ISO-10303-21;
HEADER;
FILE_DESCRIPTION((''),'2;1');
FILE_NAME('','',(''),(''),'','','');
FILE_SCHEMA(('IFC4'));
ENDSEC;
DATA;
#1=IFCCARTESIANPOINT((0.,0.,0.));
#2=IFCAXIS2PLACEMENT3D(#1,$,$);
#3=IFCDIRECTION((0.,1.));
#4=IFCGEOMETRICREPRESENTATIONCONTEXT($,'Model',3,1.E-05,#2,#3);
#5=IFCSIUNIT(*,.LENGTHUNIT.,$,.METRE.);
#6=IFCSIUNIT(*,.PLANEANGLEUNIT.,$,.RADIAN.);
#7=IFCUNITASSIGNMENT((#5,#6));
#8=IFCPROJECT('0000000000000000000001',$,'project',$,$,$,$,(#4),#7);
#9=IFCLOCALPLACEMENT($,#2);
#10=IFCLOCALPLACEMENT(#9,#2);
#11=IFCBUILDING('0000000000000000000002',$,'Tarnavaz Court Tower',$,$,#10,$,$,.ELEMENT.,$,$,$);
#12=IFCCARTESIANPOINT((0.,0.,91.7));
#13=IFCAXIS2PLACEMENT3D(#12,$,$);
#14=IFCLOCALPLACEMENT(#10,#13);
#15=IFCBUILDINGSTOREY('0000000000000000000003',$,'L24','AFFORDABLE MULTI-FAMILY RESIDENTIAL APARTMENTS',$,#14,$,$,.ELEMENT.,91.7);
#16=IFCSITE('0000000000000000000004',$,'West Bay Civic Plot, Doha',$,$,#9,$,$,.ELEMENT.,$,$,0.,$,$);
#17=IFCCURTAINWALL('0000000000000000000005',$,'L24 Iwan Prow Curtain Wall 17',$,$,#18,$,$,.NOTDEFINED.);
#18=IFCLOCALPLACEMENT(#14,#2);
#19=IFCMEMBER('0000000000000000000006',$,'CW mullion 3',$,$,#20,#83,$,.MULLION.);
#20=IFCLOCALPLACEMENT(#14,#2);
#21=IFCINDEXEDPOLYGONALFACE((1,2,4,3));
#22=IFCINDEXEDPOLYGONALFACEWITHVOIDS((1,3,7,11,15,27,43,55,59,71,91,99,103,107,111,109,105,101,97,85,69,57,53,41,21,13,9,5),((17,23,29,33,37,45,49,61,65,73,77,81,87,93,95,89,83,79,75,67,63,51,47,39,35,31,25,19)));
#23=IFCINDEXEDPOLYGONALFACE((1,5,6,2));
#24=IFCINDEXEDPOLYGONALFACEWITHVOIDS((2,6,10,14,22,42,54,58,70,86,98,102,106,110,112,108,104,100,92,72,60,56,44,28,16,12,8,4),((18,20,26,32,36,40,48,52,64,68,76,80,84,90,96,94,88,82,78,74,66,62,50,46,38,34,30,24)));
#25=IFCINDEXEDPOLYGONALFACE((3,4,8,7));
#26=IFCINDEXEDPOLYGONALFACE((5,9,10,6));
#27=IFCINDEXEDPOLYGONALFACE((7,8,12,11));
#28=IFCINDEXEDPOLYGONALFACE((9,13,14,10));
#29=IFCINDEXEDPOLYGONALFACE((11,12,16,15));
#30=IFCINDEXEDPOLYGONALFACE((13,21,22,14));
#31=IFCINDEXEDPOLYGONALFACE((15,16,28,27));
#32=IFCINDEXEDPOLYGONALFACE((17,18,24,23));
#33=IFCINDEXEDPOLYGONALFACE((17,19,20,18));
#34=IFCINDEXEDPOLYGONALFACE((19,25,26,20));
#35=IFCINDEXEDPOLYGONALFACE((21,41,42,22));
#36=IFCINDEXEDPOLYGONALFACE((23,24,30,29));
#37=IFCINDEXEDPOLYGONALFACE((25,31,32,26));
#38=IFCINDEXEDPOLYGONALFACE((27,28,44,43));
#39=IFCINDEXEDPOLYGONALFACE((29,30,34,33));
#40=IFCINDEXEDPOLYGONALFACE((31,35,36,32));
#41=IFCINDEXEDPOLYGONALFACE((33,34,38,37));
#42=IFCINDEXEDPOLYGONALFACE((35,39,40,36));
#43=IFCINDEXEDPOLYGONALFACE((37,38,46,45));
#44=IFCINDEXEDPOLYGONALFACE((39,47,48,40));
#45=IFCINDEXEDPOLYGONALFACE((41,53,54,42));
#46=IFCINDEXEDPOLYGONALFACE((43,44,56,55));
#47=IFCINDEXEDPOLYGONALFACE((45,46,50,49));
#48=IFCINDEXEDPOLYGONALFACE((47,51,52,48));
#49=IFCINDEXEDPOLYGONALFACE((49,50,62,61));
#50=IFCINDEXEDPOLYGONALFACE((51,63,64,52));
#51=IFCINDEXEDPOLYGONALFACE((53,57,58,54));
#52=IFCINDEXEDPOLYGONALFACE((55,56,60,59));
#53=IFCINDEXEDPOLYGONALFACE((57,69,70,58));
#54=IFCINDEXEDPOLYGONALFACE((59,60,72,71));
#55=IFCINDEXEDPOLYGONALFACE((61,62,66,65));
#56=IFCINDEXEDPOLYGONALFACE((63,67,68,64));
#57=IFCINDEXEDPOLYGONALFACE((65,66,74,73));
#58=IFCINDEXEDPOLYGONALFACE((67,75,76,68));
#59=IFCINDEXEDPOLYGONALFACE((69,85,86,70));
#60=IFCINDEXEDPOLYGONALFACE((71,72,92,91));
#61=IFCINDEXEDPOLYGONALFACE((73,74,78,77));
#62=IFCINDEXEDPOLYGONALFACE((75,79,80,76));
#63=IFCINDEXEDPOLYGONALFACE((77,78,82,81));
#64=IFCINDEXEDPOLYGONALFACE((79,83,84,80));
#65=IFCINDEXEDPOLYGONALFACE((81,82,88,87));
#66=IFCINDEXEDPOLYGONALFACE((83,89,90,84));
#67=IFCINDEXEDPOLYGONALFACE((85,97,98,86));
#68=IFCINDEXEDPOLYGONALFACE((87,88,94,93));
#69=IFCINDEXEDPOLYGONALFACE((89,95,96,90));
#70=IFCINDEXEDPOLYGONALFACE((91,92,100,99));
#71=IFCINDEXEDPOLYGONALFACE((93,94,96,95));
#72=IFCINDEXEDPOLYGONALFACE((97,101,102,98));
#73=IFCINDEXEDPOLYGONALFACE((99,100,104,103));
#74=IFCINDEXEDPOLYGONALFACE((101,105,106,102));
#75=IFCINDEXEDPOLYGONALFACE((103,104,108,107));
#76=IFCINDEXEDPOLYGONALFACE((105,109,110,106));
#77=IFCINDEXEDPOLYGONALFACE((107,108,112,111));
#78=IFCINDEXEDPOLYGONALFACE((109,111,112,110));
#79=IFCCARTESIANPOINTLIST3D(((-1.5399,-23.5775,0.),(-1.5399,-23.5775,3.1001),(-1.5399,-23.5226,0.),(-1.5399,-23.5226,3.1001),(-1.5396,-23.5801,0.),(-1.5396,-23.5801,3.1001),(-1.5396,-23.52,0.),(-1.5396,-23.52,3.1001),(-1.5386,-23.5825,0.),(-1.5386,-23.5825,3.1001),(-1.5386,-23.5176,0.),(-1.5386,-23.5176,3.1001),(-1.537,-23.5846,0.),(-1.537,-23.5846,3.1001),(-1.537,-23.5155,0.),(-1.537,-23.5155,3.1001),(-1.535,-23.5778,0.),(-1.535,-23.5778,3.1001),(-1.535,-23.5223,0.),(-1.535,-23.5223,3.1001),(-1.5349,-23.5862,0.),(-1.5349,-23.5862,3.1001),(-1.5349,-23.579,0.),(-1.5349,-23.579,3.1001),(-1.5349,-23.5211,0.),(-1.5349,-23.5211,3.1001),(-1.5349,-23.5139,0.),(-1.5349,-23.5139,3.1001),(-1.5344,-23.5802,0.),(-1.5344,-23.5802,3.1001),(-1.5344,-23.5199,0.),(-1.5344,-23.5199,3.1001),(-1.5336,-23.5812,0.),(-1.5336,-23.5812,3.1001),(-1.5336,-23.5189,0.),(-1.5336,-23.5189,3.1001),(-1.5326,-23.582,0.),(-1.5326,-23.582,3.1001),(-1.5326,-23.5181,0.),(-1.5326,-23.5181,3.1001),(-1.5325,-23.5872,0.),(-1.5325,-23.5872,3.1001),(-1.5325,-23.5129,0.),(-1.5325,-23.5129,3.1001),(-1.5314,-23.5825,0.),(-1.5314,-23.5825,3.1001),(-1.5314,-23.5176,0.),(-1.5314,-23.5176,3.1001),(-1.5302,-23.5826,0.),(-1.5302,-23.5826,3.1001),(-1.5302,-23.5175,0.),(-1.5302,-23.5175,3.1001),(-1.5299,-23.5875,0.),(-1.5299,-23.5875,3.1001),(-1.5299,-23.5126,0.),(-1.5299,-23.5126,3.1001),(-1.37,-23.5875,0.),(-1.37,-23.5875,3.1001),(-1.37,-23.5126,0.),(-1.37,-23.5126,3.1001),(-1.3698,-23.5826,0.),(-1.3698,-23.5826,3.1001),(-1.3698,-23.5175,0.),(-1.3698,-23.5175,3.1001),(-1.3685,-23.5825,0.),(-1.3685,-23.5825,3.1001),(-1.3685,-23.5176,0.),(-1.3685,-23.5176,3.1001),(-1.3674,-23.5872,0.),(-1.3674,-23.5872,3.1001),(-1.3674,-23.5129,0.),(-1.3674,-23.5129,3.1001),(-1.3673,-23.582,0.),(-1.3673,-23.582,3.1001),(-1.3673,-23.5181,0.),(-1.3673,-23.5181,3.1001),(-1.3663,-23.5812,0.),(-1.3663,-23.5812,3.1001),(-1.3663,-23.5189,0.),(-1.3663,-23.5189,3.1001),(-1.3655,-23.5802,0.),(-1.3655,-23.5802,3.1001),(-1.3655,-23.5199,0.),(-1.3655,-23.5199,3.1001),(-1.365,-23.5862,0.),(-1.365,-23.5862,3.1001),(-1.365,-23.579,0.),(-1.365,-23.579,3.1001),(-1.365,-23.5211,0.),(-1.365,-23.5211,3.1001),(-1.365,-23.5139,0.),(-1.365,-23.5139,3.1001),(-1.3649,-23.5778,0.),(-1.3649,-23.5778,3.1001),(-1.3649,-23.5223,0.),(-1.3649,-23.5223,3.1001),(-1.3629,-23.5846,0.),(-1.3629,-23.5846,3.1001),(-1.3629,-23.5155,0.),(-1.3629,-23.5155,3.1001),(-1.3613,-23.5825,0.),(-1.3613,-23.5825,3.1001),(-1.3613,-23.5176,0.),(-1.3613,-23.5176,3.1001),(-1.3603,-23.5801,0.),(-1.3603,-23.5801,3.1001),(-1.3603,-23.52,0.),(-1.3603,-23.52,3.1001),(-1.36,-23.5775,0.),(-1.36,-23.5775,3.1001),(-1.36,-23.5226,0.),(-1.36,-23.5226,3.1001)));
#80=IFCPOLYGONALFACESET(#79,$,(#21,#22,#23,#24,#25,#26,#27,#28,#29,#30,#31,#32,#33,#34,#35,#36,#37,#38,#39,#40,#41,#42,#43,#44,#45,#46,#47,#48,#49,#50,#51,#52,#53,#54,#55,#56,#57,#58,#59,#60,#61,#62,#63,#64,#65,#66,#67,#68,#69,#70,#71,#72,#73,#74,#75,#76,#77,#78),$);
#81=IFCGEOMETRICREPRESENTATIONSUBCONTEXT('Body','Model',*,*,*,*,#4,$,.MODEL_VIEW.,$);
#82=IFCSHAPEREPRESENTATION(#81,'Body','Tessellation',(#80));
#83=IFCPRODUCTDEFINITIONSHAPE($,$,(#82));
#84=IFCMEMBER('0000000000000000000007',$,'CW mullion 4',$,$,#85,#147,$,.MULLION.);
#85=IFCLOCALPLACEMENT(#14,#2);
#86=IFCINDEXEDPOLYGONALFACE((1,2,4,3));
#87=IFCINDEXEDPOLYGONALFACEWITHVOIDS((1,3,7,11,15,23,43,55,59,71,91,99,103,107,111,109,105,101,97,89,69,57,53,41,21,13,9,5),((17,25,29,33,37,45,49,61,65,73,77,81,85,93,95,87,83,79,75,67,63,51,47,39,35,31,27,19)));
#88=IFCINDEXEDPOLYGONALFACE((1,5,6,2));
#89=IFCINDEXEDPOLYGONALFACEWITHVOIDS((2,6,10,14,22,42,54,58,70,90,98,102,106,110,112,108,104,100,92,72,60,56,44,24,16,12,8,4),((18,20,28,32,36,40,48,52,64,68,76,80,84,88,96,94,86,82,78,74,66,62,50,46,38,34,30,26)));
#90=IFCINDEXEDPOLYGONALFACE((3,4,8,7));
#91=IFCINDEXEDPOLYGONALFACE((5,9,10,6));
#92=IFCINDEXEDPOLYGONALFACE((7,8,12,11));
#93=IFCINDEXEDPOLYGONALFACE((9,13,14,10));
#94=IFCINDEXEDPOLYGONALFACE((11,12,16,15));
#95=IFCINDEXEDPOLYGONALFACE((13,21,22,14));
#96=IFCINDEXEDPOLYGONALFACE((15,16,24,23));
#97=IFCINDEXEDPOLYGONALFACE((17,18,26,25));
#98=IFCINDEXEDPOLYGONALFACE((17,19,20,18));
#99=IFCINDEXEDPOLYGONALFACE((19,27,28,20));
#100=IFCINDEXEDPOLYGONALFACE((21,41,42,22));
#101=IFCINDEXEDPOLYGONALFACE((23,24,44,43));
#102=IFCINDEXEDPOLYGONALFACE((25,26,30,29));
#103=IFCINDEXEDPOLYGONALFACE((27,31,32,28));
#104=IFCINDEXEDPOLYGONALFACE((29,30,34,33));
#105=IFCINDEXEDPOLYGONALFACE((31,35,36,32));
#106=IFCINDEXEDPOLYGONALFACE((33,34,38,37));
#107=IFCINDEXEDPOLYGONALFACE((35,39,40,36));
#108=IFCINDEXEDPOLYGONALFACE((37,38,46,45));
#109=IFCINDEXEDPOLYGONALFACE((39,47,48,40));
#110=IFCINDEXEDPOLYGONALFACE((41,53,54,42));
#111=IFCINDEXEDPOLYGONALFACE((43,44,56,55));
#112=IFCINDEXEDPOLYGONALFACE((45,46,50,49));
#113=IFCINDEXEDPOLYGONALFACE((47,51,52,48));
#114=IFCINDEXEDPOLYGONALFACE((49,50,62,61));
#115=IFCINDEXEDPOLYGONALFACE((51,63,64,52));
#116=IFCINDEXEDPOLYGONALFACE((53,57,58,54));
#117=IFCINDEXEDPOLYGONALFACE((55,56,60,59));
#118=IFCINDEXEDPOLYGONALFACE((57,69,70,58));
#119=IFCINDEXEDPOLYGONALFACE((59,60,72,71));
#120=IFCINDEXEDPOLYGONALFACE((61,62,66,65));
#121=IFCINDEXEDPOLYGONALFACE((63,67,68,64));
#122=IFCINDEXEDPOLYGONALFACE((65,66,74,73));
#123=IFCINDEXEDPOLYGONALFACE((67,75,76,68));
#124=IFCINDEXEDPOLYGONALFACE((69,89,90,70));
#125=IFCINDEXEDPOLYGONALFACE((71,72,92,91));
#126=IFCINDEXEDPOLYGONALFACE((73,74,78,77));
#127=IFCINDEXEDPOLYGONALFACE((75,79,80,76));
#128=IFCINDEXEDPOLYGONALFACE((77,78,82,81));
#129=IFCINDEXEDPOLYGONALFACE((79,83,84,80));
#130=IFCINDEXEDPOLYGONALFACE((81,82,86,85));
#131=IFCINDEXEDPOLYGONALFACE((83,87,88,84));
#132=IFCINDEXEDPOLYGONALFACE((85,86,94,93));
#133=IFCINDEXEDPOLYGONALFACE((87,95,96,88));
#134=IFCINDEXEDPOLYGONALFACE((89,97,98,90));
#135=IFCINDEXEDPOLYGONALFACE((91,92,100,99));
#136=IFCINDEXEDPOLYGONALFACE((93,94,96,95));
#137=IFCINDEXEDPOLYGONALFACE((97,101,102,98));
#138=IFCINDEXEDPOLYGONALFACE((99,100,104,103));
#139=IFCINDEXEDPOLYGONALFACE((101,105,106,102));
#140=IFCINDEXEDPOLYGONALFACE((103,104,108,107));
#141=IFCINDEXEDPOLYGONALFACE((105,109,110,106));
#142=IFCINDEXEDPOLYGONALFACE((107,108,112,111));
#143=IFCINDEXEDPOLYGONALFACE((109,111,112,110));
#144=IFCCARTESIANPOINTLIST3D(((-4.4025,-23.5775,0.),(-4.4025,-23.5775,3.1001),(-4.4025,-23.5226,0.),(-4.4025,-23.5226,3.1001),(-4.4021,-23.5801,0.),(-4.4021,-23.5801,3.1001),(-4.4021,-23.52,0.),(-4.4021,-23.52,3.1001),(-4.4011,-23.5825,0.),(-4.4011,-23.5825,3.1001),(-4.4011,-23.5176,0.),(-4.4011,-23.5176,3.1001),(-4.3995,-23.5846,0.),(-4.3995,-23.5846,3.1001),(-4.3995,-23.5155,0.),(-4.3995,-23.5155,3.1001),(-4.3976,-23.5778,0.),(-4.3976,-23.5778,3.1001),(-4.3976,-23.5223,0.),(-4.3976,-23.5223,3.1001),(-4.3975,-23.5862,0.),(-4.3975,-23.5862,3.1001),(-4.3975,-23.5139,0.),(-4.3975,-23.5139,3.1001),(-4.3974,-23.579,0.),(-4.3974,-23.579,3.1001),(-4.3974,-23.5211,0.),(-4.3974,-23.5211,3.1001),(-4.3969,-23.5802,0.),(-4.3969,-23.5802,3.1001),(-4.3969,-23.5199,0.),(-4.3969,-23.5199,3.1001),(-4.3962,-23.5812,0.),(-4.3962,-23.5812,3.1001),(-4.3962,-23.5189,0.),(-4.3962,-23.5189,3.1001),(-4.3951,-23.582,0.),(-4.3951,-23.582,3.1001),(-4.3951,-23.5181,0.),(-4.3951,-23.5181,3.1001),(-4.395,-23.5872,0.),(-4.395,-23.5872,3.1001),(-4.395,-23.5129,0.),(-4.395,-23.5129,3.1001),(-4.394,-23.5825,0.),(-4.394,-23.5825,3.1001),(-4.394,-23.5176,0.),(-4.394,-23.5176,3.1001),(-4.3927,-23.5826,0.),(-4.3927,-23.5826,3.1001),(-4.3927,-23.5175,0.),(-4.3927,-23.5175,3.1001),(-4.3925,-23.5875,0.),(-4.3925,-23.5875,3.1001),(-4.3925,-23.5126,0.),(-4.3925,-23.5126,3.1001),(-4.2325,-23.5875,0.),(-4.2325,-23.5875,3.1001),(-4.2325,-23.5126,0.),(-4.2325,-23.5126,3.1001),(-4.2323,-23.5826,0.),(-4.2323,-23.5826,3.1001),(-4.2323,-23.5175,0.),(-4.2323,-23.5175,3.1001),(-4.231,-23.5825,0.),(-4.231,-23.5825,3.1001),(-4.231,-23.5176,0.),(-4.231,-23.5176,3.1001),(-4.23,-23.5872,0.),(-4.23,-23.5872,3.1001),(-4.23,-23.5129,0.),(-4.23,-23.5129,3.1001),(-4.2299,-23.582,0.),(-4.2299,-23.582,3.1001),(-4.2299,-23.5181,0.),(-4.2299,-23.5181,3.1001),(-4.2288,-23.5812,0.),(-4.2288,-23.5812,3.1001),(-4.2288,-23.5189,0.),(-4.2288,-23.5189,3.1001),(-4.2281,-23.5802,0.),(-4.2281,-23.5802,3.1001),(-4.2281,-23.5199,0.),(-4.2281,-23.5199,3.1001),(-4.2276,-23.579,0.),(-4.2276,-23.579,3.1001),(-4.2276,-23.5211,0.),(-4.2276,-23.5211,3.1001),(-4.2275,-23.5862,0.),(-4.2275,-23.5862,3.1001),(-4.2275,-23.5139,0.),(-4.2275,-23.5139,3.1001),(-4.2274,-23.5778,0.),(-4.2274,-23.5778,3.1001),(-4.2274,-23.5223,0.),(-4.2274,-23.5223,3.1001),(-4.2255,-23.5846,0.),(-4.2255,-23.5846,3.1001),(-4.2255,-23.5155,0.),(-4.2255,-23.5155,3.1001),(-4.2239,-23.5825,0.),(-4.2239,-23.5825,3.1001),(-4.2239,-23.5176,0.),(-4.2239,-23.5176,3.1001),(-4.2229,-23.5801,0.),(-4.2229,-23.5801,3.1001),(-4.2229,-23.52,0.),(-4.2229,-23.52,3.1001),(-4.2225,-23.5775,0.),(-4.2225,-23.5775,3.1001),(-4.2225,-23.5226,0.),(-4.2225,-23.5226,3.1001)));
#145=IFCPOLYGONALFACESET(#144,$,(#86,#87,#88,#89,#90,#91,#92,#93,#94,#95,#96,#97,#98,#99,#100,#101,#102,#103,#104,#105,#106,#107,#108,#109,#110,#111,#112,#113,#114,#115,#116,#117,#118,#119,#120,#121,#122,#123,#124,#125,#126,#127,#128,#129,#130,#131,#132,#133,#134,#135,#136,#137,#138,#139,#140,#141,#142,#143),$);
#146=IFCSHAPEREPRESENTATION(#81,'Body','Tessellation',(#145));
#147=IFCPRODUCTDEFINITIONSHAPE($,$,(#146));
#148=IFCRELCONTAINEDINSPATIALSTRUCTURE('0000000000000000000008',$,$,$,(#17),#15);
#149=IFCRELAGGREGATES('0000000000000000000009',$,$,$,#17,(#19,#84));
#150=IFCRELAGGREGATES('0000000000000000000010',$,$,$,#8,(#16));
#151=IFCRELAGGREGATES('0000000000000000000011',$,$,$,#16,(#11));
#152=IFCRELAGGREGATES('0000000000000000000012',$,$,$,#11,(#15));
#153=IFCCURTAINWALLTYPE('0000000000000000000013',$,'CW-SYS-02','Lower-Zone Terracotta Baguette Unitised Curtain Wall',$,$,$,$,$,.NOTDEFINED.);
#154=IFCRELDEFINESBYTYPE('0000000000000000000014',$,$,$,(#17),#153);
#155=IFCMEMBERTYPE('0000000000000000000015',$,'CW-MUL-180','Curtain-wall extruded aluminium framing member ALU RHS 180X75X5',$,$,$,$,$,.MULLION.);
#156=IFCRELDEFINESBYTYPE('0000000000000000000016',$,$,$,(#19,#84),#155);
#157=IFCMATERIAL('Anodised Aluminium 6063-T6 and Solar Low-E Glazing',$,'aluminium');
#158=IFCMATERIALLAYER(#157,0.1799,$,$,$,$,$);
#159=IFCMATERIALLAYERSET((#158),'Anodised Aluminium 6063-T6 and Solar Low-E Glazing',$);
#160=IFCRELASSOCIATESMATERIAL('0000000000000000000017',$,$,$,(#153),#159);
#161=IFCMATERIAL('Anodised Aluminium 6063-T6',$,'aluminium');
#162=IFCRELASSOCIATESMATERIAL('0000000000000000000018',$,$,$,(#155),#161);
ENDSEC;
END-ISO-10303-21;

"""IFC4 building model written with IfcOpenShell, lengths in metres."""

from ifc_helpers import new_model, si_unit, direction, frame, origin, origin_2d, place, context, subcontext, project, spatial, hollow_rectangle, extrude, material, layer, layer_set, material_profile, profile_set, type_object, element, aggregate, save


model = new_model("IFC4")

# Units and contexts
model_context = context("Model", 3, precision=1e-05, world=origin(), true_north=direction((0.0, 1.0)))
body_context = subcontext(model_context, "Body", "Model", "MODEL_VIEW")
ifc_project = project(units=[si_unit("LENGTHUNIT", "METRE"), si_unit("PLANEANGLEUNIT", "RADIAN")], contexts=[model_context])

# Site, building, storey
site_placement = place(None, origin())
site = spatial("IfcSite", under=ifc_project, at=site_placement, Name="West Bay Civic Plot, Doha", CompositionType="ELEMENT", RefElevation=0.0)
building_placement = place(site_placement, origin())
building = spatial("IfcBuilding", under=site, at=building_placement, Name="Tarnavaz Court Tower", CompositionType="ELEMENT")
storey_placement = place(building_placement, frame((0.0, 0.0, 91.7)))
storey = spatial("IfcBuildingStorey", under=building, at=storey_placement, Name="L24", Description="AFFORDABLE MULTI-FAMILY RESIDENTIAL APARTMENTS", CompositionType="ELEMENT", Elevation=91.7)

# Curtain wall, members
ifc_material_1 = material(Name="Anodised Aluminium 6063-T6 and Solar Low-E Glazing", Category="aluminium")
ifc_layer_1 = layer(ifc_material_1, 0.1799)
ifc_layer_set_1 = layer_set([ifc_layer_1], Name="Anodised Aluminium 6063-T6 and Solar Low-E Glazing")
curtain_wall_type = type_object("IfcCurtainWallType", Name="CW-SYS-02", Description="Lower-Zone Terracotta Baguette Unitised Curtain Wall", PredefinedType="NOTDEFINED", material=ifc_layer_set_1)
curtain_wall_placement = place(storey_placement, origin())
curtain_wall = element("IfcCurtainWall", 1, at=curtain_wall_placement, inside=storey, type_object=curtain_wall_type, Name="L24 Iwan Prow Curtain Wall 17", PredefinedType="NOTDEFINED")
ifc_material_2 = material(Name="Anodised Aluminium 6063-T6", Category="aluminium")
ifc_material_profile_1 = material_profile(ifc_material_2, hollow_rectangle(XDim=0.075, YDim=0.1799, WallThickness=0.0049, InnerFilletRadius=0.0049, OuterFilletRadius=0.01, at=origin_2d()), Name="ALU RHS 180X75X5")
ifc_profile_set_1 = profile_set([ifc_material_profile_1], Name="Anodised Aluminium 6063-T6")
member_type_1 = type_object("IfcMemberType", Name="CW-MUL-180", Description="Curtain-wall extruded aluminium framing member ALU RHS 180X75X5", PredefinedType="MULLION", material=ifc_profile_set_1)
member_1_placement = place(storey_placement, frame((-1.45, -23.55, 0.0), z_axis=(0.0, 0.0, 1.0), x_axis=(0.0, -1.0, 0.0)))
member_1 = element("IfcMember", 2, at=member_1_placement, type_object=member_type_1, Name="CW mullion 3", PredefinedType="MULLION", context=body_context, shape_type="SweptSolid", body=[
    extrude(hollow_rectangle(XDim=0.075, YDim=0.1799, WallThickness=0.0049, InnerFilletRadius=0.0049, OuterFilletRadius=0.01, at=origin_2d()), origin(), (0.0, 0.0, 1.0), 3.1001),
])
member_2_placement = place(storey_placement, frame((-4.3125, -23.55, 0.0), z_axis=(0.0, 0.0, 1.0), x_axis=(0.0, -1.0, 0.0)))
member_2 = element("IfcMember", 3, at=member_2_placement, type_object=member_type_1, Name="CW mullion 4", PredefinedType="MULLION", context=body_context, shape_type="SweptSolid", body=[
    extrude(hollow_rectangle(XDim=0.075, YDim=0.1799, WallThickness=0.0049, InnerFilletRadius=0.0049, OuterFilletRadius=0.01, at=origin_2d()), origin(), (0.0, 0.0, 1.0), 3.1001),
])
aggregate(curtain_wall, [member_1, member_2])

save(model, "model.ifc")
